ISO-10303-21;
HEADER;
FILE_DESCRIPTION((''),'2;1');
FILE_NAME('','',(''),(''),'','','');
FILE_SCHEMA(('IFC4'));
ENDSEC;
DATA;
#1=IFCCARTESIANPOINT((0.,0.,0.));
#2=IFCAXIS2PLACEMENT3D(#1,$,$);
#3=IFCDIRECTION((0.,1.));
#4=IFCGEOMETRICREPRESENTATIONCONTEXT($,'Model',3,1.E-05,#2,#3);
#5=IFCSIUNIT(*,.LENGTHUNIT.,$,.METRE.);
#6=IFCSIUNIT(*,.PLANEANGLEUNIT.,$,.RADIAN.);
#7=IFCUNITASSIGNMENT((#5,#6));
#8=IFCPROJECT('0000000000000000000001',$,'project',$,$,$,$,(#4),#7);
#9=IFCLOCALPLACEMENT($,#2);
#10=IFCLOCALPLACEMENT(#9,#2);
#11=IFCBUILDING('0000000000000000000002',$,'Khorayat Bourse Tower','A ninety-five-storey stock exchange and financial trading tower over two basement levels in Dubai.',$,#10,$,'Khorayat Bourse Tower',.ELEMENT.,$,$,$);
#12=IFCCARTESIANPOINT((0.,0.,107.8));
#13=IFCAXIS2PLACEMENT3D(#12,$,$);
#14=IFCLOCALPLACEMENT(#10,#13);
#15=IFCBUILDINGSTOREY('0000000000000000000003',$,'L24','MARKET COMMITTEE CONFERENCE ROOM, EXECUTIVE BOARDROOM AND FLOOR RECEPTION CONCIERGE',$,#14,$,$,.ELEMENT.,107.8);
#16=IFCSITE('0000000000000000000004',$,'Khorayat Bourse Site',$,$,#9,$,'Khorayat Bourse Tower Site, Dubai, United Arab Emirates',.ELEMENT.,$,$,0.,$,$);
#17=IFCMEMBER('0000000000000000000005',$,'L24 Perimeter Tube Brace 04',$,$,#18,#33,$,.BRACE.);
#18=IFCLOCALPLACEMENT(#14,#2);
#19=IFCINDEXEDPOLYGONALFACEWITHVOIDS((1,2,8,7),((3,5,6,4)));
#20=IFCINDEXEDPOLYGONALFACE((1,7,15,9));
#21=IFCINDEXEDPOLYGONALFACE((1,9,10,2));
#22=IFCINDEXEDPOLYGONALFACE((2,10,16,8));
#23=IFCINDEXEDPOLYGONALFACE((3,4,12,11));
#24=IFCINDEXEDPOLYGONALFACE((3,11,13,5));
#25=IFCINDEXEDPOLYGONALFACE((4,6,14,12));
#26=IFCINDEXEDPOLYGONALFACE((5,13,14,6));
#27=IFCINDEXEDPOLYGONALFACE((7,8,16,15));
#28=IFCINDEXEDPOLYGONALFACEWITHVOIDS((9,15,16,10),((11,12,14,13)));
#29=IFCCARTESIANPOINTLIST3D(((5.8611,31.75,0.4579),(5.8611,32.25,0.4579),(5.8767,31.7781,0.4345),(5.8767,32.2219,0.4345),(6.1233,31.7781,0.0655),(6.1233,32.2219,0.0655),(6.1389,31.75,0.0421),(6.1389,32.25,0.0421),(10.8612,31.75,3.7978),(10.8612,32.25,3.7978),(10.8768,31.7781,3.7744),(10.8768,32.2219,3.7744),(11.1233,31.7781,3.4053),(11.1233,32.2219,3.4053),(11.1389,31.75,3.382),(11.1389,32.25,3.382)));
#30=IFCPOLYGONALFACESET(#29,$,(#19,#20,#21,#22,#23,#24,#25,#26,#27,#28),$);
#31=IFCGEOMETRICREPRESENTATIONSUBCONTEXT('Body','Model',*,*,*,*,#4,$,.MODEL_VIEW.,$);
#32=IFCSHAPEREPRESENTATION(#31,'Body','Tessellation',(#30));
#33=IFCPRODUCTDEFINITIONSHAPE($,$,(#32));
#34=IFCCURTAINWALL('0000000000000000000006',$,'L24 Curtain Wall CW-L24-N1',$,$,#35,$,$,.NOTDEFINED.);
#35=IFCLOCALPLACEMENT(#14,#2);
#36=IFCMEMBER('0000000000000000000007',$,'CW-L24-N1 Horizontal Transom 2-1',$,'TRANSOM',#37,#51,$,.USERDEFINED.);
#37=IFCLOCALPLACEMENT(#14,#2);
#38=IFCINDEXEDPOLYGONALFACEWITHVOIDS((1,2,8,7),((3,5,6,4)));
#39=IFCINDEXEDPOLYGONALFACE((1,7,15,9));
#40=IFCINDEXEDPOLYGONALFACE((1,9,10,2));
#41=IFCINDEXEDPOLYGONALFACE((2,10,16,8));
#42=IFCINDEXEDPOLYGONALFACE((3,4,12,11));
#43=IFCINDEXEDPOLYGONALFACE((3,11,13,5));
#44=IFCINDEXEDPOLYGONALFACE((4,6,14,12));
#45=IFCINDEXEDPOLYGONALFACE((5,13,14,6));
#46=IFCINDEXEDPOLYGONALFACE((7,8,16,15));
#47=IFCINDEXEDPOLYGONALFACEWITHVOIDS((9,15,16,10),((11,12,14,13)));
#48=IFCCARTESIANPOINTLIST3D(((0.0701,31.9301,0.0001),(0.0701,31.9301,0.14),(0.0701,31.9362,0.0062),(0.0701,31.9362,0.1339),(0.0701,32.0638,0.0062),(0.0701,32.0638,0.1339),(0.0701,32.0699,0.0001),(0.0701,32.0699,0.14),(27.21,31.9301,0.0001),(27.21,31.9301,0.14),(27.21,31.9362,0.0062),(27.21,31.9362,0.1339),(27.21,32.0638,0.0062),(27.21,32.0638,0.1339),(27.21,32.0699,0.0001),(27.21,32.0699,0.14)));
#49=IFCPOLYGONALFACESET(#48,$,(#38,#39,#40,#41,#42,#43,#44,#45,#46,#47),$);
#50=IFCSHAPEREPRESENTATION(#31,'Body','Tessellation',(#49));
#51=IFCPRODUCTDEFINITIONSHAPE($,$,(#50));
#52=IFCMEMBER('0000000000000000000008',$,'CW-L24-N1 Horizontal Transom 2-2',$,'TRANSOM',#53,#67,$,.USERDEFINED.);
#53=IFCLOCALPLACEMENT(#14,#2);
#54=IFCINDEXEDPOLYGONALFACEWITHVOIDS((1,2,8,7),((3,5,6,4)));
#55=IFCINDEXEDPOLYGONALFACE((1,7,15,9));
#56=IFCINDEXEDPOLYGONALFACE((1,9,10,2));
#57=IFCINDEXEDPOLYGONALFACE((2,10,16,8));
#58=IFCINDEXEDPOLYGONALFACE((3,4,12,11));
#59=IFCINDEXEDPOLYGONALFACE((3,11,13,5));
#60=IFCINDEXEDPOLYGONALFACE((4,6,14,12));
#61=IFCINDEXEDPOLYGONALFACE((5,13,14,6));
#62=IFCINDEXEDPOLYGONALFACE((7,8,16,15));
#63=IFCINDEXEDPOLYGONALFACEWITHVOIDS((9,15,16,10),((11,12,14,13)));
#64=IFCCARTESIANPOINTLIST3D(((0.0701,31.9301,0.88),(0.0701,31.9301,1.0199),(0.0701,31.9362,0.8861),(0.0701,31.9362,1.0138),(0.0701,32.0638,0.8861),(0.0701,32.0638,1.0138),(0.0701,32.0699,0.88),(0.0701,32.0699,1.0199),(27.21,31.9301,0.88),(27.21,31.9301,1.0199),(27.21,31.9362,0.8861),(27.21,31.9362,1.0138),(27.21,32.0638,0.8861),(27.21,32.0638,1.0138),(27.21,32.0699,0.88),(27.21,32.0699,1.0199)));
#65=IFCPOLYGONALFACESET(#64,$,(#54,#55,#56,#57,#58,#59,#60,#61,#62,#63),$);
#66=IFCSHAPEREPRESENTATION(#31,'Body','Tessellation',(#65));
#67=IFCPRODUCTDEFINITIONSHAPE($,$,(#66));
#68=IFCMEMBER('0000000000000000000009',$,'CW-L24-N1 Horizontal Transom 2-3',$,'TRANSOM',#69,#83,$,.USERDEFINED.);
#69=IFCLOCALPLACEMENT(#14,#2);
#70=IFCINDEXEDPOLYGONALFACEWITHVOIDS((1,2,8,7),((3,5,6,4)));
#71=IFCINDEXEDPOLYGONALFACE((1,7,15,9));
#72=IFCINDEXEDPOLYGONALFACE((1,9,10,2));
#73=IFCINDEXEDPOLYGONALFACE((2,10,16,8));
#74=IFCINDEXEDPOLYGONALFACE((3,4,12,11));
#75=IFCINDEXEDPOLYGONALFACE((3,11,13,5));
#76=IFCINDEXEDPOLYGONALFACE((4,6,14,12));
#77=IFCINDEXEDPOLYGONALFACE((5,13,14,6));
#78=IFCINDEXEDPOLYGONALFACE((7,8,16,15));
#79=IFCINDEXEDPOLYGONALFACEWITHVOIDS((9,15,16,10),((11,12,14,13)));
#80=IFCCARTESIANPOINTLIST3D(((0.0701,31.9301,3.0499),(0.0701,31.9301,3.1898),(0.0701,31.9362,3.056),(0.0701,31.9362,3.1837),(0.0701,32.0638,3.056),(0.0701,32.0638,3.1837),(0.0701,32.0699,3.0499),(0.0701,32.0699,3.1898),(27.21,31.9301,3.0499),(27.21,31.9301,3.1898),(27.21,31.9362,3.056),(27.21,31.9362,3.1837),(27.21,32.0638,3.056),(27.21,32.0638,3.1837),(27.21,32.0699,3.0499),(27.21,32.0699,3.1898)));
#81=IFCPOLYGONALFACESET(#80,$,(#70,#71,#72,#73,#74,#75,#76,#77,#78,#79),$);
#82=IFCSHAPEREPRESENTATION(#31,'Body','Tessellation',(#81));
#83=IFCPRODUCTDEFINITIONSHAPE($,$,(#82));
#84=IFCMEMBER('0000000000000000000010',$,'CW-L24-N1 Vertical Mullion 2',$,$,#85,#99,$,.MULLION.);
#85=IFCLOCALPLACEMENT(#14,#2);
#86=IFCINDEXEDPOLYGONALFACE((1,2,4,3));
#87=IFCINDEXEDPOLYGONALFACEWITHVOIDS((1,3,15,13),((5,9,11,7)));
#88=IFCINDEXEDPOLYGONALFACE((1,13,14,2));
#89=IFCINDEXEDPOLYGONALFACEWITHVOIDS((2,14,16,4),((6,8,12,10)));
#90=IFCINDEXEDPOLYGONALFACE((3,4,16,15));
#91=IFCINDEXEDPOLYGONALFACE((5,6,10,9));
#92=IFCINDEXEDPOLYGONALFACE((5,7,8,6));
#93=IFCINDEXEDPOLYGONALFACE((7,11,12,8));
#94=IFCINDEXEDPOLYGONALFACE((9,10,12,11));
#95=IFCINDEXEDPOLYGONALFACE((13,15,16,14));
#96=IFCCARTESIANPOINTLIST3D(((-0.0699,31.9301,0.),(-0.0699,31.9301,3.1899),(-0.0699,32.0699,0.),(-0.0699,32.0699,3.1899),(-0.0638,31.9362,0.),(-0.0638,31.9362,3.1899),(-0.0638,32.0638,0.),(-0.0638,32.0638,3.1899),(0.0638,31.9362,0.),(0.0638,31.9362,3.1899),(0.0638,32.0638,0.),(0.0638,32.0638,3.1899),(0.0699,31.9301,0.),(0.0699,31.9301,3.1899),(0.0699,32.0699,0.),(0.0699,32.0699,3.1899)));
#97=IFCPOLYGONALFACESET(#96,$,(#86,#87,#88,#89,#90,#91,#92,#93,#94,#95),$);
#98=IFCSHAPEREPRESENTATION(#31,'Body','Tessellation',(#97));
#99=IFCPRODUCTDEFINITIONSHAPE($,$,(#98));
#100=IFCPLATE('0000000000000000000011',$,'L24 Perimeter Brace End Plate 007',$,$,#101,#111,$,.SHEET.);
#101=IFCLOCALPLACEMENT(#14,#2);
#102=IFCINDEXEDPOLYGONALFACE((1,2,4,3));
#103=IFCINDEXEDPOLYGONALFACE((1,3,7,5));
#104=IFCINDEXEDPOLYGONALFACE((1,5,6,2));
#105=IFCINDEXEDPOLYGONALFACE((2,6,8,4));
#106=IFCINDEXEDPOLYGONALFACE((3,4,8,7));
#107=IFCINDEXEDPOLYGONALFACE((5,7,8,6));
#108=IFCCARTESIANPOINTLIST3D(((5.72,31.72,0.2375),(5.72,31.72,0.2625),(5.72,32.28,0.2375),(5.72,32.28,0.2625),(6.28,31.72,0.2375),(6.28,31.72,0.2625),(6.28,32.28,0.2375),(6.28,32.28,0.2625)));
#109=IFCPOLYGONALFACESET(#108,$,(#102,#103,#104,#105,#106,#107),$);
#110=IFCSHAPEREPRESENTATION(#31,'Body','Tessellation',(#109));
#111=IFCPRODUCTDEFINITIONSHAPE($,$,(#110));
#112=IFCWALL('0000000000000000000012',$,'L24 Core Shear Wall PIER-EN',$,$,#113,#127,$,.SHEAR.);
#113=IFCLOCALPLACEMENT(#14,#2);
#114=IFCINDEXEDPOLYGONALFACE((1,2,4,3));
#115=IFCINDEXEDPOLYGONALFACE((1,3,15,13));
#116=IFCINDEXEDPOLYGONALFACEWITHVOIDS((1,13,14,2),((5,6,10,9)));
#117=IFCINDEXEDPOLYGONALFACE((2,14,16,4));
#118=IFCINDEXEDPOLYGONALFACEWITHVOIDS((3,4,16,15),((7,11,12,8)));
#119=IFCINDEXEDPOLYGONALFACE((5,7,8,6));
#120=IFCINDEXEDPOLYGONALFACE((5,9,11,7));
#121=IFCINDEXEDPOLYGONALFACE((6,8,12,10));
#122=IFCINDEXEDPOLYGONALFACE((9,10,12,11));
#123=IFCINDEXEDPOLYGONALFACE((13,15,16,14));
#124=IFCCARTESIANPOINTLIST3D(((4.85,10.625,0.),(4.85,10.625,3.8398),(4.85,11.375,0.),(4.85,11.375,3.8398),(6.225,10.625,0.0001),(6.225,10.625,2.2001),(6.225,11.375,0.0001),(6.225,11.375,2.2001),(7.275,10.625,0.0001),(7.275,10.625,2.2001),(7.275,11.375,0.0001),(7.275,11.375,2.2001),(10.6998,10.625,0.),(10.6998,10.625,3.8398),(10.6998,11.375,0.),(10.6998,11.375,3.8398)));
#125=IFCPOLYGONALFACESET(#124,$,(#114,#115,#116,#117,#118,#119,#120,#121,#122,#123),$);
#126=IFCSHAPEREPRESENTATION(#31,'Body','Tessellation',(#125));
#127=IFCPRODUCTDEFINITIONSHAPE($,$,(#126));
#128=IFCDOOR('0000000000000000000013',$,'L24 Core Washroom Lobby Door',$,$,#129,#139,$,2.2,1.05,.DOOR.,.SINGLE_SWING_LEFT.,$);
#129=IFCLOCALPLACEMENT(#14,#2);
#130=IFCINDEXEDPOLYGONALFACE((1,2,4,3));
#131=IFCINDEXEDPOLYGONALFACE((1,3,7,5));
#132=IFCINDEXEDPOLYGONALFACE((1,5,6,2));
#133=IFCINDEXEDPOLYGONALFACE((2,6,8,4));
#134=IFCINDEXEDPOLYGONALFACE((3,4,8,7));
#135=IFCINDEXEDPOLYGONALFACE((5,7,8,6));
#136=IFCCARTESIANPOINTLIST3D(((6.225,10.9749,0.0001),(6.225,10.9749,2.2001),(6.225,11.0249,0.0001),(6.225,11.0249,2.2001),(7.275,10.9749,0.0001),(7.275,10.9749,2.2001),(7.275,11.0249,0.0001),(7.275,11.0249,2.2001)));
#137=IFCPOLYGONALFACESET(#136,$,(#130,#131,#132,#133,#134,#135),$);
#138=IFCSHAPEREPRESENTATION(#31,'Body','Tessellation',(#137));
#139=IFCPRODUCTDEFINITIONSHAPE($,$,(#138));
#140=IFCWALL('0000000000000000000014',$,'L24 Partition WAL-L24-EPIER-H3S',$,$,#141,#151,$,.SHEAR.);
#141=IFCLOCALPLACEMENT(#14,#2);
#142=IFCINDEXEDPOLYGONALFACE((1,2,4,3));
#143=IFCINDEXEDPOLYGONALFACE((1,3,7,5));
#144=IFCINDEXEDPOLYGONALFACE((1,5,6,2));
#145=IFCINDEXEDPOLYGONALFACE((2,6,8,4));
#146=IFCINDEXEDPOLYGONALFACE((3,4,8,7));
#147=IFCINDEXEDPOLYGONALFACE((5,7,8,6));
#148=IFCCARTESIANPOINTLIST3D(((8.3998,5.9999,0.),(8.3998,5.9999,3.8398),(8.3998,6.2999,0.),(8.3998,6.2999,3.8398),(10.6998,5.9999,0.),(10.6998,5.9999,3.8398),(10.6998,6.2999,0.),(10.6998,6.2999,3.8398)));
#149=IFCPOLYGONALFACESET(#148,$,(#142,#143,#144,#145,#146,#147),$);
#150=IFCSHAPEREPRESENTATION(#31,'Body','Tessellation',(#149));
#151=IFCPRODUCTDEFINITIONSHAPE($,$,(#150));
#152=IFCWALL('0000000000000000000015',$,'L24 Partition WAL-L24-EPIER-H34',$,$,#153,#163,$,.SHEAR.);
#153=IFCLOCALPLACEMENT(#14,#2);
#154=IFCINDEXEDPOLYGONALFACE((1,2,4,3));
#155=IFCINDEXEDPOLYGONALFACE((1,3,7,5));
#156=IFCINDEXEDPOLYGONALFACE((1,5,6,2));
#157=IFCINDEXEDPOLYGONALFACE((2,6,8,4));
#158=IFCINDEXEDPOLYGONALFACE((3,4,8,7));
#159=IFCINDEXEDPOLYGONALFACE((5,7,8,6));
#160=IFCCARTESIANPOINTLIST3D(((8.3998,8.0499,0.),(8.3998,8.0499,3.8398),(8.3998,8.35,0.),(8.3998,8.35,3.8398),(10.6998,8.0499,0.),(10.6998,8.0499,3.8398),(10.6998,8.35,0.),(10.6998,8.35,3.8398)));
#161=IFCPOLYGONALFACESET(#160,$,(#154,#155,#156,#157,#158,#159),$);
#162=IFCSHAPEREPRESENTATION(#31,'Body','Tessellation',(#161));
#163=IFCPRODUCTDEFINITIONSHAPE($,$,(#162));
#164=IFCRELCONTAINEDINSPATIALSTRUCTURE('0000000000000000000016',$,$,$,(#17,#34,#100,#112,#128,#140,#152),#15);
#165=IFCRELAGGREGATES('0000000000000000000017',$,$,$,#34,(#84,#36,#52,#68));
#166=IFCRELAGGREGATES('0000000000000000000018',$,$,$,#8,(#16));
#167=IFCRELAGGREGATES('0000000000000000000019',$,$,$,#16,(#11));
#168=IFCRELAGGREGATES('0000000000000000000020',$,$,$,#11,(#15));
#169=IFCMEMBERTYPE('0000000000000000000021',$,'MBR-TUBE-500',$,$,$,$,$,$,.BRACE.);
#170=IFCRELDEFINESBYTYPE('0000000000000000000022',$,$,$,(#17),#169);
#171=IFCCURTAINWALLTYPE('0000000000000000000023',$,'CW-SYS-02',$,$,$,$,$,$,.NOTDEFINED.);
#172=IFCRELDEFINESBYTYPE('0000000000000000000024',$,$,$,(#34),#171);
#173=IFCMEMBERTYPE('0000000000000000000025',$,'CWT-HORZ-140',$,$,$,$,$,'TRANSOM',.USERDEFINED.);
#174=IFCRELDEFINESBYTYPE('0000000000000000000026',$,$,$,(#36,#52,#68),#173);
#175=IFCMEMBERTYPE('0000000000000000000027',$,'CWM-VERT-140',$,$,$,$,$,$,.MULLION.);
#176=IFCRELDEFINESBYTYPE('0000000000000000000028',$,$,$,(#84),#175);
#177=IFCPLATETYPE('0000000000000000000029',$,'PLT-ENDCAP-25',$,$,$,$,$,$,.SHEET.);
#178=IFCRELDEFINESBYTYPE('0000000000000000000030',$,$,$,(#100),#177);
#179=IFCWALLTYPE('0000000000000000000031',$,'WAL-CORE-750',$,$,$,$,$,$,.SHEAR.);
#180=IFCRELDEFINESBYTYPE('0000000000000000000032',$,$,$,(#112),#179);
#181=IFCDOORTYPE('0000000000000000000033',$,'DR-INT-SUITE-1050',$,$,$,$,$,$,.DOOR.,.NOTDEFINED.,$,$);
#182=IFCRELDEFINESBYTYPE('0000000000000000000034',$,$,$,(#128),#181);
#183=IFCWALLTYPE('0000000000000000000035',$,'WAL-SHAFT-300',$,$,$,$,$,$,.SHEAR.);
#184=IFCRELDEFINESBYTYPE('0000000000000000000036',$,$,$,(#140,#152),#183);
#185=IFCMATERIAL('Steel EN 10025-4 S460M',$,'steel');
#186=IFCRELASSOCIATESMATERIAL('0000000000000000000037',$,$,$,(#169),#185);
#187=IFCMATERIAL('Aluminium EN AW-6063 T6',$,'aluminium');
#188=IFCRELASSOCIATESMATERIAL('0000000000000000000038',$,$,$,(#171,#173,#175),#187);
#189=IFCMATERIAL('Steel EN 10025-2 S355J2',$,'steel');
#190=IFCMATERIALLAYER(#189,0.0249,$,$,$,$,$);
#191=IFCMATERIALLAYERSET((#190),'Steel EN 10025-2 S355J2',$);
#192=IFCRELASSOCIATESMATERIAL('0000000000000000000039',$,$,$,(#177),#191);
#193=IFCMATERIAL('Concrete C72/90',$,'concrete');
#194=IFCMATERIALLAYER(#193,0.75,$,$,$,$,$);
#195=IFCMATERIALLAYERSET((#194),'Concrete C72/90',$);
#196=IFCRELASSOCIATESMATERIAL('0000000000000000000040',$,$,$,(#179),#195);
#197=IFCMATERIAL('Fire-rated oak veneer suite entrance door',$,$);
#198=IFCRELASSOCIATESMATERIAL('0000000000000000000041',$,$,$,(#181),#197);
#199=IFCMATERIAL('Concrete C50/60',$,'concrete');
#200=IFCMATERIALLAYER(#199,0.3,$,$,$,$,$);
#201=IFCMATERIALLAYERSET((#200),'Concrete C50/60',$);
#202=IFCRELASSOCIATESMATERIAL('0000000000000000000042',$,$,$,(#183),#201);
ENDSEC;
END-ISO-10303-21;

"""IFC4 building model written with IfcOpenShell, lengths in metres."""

from ifc_helpers import new_model, si_unit, direction, frame, frame_2d, origin, origin_2d, place, context, subcontext, project, spatial, rectangle, hollow_rectangle, extrude, source, transform, mapped, material, layer, layer_set, material_profile, profile_set, type_object, element, fill, aggregate, save


model = new_model("IFC4")

# Units and contexts
model_context = context("Model", 3, precision=1e-05, world=origin(), true_north=direction((0.0, 1.0)))
body_context = subcontext(model_context, "Body", "Model", "MODEL_VIEW")
ifc_project = project(units=[si_unit("LENGTHUNIT", "METRE"), si_unit("PLANEANGLEUNIT", "RADIAN")], contexts=[model_context])

# Site, building, storey
site_placement = place(None, origin())
site = spatial("IfcSite", under=ifc_project, at=site_placement, Name="Khorayat Bourse Site", LongName="Khorayat Bourse Tower Site, Dubai, United Arab Emirates", CompositionType="ELEMENT", RefElevation=0.0)
building_placement = place(site_placement, origin())
building = spatial("IfcBuilding", under=site, at=building_placement, Name="Khorayat Bourse Tower", Description="A ninety-five-storey stock exchange and financial trading tower over two basement levels in Dubai.", LongName="Khorayat Bourse Tower", CompositionType="ELEMENT")
storey_placement = place(building_placement, frame((0.0, 0.0, 107.8)))
storey = spatial("IfcBuildingStorey", under=building, at=storey_placement, Name="L24", Description="MARKET COMMITTEE CONFERENCE ROOM, EXECUTIVE BOARDROOM AND FLOOR RECEPTION CONCIERGE", CompositionType="ELEMENT", Elevation=107.8)

# Shared definitions
ifc_material_1 = material(Name="Steel EN 10025-4 S460M", Category="steel")
ifc_material_2 = material(Name="Concrete C72/90", Category="concrete")

# Member
ifc_material_profile_1 = material_profile(ifc_material_1, hollow_rectangle(XDim=0.5, YDim=0.5, WallThickness=0.0281, at=origin_2d()), Name="HSS 500x500x28")
ifc_profile_set_1 = profile_set([ifc_material_profile_1], Name="Steel EN 10025-4 S460M")
member_type_1 = type_object("IfcMemberType", Name="MBR-TUBE-500", PredefinedType="BRACE", material=ifc_profile_set_1)
shared_shape_1 = source(origin(), body_context, "Body", "SweptSolid", [
    extrude(hollow_rectangle(XDim=0.5, YDim=0.5, WallThickness=0.0281, at=origin_2d()), origin(), (0.0, 0.0, 1.0), 6.0129),
])
member_1_placement = place(storey_placement, frame((6.0, 32.0, 0.25), z_axis=(0.83155, 0.0, 0.55545), x_axis=(0.0, 1.0, 0.0)))
element("IfcMember", 1, at=member_1_placement, inside=storey, type_object=member_type_1, Name="L24 Perimeter Tube Brace 04", PredefinedType="BRACE", context=body_context, shape_type="MappedRepresentation", body=[
    mapped(shared_shape_1, transform((0.0, 0.0, 0.0), scale=1.0)),
])

# Curtain wall, members
ifc_material_3 = material(Name="Aluminium EN AW-6063 T6", Category="aluminium")
curtain_wall_type = type_object("IfcCurtainWallType", Name="CW-SYS-02", PredefinedType="NOTDEFINED", material=ifc_material_3)
curtain_wall_placement = place(storey_placement, origin())
curtain_wall = element("IfcCurtainWall", 2, at=curtain_wall_placement, inside=storey, type_object=curtain_wall_type, Name="L24 Curtain Wall CW-L24-N1", PredefinedType="NOTDEFINED")
ifc_material_profile_2 = material_profile(ifc_material_3, hollow_rectangle(XDim=0.1399, YDim=0.1399, WallThickness=0.0061, at=origin_2d()), Name="ALU 140x140x6")
ifc_profile_set_2 = profile_set([ifc_material_profile_2], Name="Aluminium EN AW-6063 T6")
member_type_2 = type_object("IfcMemberType", Name="CWT-HORZ-140", ElementType="TRANSOM", PredefinedType="USERDEFINED", material=ifc_profile_set_2)
shared_shape_2 = source(origin(), body_context, "Body", "SweptSolid", [
    extrude(hollow_rectangle(XDim=0.1399, YDim=0.1399, WallThickness=0.0061, at=origin_2d()), origin(), (0.0, 0.0, 1.0), 27.1399),
])
member_2_placement = place(storey_placement, frame((0.0701, 32.0, 0.0701), z_axis=(1.0, 0.0, 0.0), x_axis=(0.0, 1.0, 0.0)))
member_2 = element("IfcMember", 3, at=member_2_placement, type_object=member_type_2, Name="CW-L24-N1 Horizontal Transom 2-1", ObjectType="TRANSOM", PredefinedType="USERDEFINED", context=body_context, shape_type="MappedRepresentation", body=[
    mapped(shared_shape_2, transform((0.0, 0.0, 0.0), scale=1.0)),
])
member_3_placement = place(storey_placement, frame((0.0701, 32.0, 0.95), z_axis=(1.0, 0.0, 0.0), x_axis=(0.0, 1.0, 0.0)))
member_3 = element("IfcMember", 4, at=member_3_placement, type_object=member_type_2, Name="CW-L24-N1 Horizontal Transom 2-2", ObjectType="TRANSOM", PredefinedType="USERDEFINED", context=body_context, shape_type="MappedRepresentation", body=[
    mapped(shared_shape_2, transform((0.0, 0.0, 0.0), scale=1.0)),
])
member_4_placement = place(storey_placement, frame((0.0701, 32.0, 3.1199), z_axis=(1.0, 0.0, 0.0), x_axis=(0.0, 1.0, 0.0)))
member_4 = element("IfcMember", 5, at=member_4_placement, type_object=member_type_2, Name="CW-L24-N1 Horizontal Transom 2-3", ObjectType="TRANSOM", PredefinedType="USERDEFINED", context=body_context, shape_type="MappedRepresentation", body=[
    mapped(shared_shape_2, transform((0.0, 0.0, 0.0), scale=1.0)),
])
ifc_material_profile_3 = material_profile(ifc_material_3, hollow_rectangle(XDim=0.1399, YDim=0.1399, WallThickness=0.0061, at=origin_2d()), Name="ALU 140x140x6")
ifc_profile_set_3 = profile_set([ifc_material_profile_3], Name="Aluminium EN AW-6063 T6")
member_type_3 = type_object("IfcMemberType", Name="CWM-VERT-140", PredefinedType="MULLION", material=ifc_profile_set_3)
shared_shape_3 = source(origin(), body_context, "Body", "SweptSolid", [
    extrude(hollow_rectangle(XDim=0.1399, YDim=0.1399, WallThickness=0.0061, at=origin_2d()), origin(), (0.0, 0.0, 1.0), 3.1899),
])
member_5_placement = place(storey_placement, frame((0.0, 32.0, 0.0), z_axis=(0.0, 0.0, 1.0), x_axis=(0.0, 1.0, 0.0)))
member_5 = element("IfcMember", 6, at=member_5_placement, type_object=member_type_3, Name="CW-L24-N1 Vertical Mullion 2", PredefinedType="MULLION", context=body_context, shape_type="MappedRepresentation", body=[
    mapped(shared_shape_3, transform((0.0, 0.0, 0.0), scale=1.0)),
])
aggregate(curtain_wall, [member_5, member_2, member_3, member_4])

# Plate
ifc_material_4 = material(Name="Steel EN 10025-2 S355J2", Category="steel")
ifc_layer_1 = layer(ifc_material_4, 0.0249)
ifc_layer_set_1 = layer_set([ifc_layer_1], Name="Steel EN 10025-2 S355J2")
plate_type = type_object("IfcPlateType", Name="PLT-ENDCAP-25", PredefinedType="SHEET", material=ifc_layer_set_1)
shared_shape_4 = source(origin(), body_context, "Body", "SweptSolid", [
    extrude(rectangle(XDim=0.5601, YDim=0.5601, at=origin_2d()), origin(), (0.0, 0.0, 1.0), 0.0249),
])
plate_placement = place(storey_placement, frame((6.0, 32.0, 0.2375), z_axis=(0.0, 0.0, 1.0), x_axis=(1.0, 0.0, 0.0)))
element("IfcPlate", 7, at=plate_placement, inside=storey, type_object=plate_type, Name="L24 Perimeter Brace End Plate 007", PredefinedType="SHEET", context=body_context, shape_type="MappedRepresentation", body=[
    mapped(shared_shape_4, transform((0.0, 0.0, 0.0), scale=1.0)),
])

# Wall, opening, door
ifc_layer_2 = layer(ifc_material_2, 0.75)
ifc_layer_set_2 = layer_set([ifc_layer_2], Name="Concrete C72/90")
wall_type_1 = type_object("IfcWallType", Name="WAL-CORE-750", PredefinedType="SHEAR", material=ifc_layer_set_2)
shared_shape_5 = source(origin(), body_context, "Body", "SweptSolid", [
    extrude(rectangle(XDim=5.8499, YDim=0.75, at=frame_2d((2.9248, 0.0))), origin(), (0.0, 0.0, 1.0), 3.8398),
])
wall_1_placement = place(storey_placement, frame((4.8501, 11.0, 0.0), z_axis=(0.0, 0.0, 1.0), x_axis=(1.0, 0.0, 0.0)))
wall_1 = element("IfcWall", 8, at=wall_1_placement, inside=storey, type_object=wall_type_1, Name="L24 Core Shear Wall PIER-EN", PredefinedType="SHEAR", context=body_context, shape_type="MappedRepresentation", body=[
    mapped(shared_shape_5, transform((0.0, 0.0, 0.0), scale=1.0)),
])
shared_shape_6 = source(origin(), body_context, "Body", "SweptSolid", [
    extrude(rectangle(XDim=1.05, YDim=2.2, at=frame_2d((0.5249, 1.1001))), frame((0.0, 0.385, 0.0), z_axis=(0.0, -1.0, 0.0), x_axis=(1.0, 0.0, 0.0)), (0.0, 0.0, 1.0), 0.77),
])
opening_1_placement = place(wall_1_placement, frame((1.375, 0.0, 0.0)))
opening_1 = element("IfcOpeningElement", 9, at=opening_1_placement, cuts=wall_1, PredefinedType="OPENING", context=body_context, shape_type="MappedRepresentation", body=[
    mapped(shared_shape_6, transform((0.0, 0.0, 0.0), scale=1.0)),
])
ifc_material_5 = material(Name="Fire-rated oak veneer suite entrance door")
door_type_1 = type_object("IfcDoorType", Name="DR-INT-SUITE-1050", OperationType="NOTDEFINED", PredefinedType="DOOR", material=ifc_material_5)
shared_shape_7 = source(origin(), body_context, "Body", "SweptSolid", [
    extrude(rectangle(XDim=1.05, YDim=2.2, at=frame_2d((0.5249, 1.1001))), frame((0.0, 0.0249, 0.0), z_axis=(0.0, -1.0, 0.0), x_axis=(1.0, 0.0, 0.0)), (0.0, 0.0, 1.0), 0.05),
])
door_1_placement = place(opening_1_placement, origin())
door_1 = element("IfcDoor", 10, at=door_1_placement, inside=storey, type_object=door_type_1, Name="L24 Core Washroom Lobby Door", OperationType="SINGLE_SWING_LEFT", OverallHeight=2.2, OverallWidth=1.05, PredefinedType="DOOR", context=body_context, shape_type="MappedRepresentation", body=[
    mapped(shared_shape_7, transform((0.0, 0.0, 0.0), scale=1.0)),
])
fill(opening_1, door_1)

# Walls
ifc_material_6 = material(Name="Concrete C50/60", Category="concrete")
ifc_layer_3 = layer(ifc_material_6, 0.3)
ifc_layer_set_3 = layer_set([ifc_layer_3], Name="Concrete C50/60")
wall_type_2 = type_object("IfcWallType", Name="WAL-SHAFT-300", PredefinedType="SHEAR", material=ifc_layer_set_3)
shared_shape_8 = source(origin(), body_context, "Body", "SweptSolid", [
    extrude(rectangle(XDim=2.3, YDim=0.3, at=frame_2d((1.1499, 0.0))), origin(), (0.0, 0.0, 1.0), 3.8398),
])
for number, where, z_axis, x_axis, name in (
    (11, (8.3999, 6.1499, 0.0), (0.0, 0.0, 1.0), (1.0, 0.0, 0.0), "L24 Partition WAL-L24-EPIER-H3S"),
    (12, (8.3999, 8.2, 0.0), (0.0, 0.0, 1.0), (1.0, 0.0, 0.0), "L24 Partition WAL-L24-EPIER-H34"),
):
    element("IfcWall", number, at=place(storey_placement, frame(where, z_axis=z_axis, x_axis=x_axis)), inside=storey, type_object=wall_type_2, Name=name, PredefinedType="SHEAR", context=body_context, shape_type="MappedRepresentation", body=[
        mapped(shared_shape_8, transform((0.0, 0.0, 0.0), scale=1.0)),
    ])

save(model, "model.ifc")
